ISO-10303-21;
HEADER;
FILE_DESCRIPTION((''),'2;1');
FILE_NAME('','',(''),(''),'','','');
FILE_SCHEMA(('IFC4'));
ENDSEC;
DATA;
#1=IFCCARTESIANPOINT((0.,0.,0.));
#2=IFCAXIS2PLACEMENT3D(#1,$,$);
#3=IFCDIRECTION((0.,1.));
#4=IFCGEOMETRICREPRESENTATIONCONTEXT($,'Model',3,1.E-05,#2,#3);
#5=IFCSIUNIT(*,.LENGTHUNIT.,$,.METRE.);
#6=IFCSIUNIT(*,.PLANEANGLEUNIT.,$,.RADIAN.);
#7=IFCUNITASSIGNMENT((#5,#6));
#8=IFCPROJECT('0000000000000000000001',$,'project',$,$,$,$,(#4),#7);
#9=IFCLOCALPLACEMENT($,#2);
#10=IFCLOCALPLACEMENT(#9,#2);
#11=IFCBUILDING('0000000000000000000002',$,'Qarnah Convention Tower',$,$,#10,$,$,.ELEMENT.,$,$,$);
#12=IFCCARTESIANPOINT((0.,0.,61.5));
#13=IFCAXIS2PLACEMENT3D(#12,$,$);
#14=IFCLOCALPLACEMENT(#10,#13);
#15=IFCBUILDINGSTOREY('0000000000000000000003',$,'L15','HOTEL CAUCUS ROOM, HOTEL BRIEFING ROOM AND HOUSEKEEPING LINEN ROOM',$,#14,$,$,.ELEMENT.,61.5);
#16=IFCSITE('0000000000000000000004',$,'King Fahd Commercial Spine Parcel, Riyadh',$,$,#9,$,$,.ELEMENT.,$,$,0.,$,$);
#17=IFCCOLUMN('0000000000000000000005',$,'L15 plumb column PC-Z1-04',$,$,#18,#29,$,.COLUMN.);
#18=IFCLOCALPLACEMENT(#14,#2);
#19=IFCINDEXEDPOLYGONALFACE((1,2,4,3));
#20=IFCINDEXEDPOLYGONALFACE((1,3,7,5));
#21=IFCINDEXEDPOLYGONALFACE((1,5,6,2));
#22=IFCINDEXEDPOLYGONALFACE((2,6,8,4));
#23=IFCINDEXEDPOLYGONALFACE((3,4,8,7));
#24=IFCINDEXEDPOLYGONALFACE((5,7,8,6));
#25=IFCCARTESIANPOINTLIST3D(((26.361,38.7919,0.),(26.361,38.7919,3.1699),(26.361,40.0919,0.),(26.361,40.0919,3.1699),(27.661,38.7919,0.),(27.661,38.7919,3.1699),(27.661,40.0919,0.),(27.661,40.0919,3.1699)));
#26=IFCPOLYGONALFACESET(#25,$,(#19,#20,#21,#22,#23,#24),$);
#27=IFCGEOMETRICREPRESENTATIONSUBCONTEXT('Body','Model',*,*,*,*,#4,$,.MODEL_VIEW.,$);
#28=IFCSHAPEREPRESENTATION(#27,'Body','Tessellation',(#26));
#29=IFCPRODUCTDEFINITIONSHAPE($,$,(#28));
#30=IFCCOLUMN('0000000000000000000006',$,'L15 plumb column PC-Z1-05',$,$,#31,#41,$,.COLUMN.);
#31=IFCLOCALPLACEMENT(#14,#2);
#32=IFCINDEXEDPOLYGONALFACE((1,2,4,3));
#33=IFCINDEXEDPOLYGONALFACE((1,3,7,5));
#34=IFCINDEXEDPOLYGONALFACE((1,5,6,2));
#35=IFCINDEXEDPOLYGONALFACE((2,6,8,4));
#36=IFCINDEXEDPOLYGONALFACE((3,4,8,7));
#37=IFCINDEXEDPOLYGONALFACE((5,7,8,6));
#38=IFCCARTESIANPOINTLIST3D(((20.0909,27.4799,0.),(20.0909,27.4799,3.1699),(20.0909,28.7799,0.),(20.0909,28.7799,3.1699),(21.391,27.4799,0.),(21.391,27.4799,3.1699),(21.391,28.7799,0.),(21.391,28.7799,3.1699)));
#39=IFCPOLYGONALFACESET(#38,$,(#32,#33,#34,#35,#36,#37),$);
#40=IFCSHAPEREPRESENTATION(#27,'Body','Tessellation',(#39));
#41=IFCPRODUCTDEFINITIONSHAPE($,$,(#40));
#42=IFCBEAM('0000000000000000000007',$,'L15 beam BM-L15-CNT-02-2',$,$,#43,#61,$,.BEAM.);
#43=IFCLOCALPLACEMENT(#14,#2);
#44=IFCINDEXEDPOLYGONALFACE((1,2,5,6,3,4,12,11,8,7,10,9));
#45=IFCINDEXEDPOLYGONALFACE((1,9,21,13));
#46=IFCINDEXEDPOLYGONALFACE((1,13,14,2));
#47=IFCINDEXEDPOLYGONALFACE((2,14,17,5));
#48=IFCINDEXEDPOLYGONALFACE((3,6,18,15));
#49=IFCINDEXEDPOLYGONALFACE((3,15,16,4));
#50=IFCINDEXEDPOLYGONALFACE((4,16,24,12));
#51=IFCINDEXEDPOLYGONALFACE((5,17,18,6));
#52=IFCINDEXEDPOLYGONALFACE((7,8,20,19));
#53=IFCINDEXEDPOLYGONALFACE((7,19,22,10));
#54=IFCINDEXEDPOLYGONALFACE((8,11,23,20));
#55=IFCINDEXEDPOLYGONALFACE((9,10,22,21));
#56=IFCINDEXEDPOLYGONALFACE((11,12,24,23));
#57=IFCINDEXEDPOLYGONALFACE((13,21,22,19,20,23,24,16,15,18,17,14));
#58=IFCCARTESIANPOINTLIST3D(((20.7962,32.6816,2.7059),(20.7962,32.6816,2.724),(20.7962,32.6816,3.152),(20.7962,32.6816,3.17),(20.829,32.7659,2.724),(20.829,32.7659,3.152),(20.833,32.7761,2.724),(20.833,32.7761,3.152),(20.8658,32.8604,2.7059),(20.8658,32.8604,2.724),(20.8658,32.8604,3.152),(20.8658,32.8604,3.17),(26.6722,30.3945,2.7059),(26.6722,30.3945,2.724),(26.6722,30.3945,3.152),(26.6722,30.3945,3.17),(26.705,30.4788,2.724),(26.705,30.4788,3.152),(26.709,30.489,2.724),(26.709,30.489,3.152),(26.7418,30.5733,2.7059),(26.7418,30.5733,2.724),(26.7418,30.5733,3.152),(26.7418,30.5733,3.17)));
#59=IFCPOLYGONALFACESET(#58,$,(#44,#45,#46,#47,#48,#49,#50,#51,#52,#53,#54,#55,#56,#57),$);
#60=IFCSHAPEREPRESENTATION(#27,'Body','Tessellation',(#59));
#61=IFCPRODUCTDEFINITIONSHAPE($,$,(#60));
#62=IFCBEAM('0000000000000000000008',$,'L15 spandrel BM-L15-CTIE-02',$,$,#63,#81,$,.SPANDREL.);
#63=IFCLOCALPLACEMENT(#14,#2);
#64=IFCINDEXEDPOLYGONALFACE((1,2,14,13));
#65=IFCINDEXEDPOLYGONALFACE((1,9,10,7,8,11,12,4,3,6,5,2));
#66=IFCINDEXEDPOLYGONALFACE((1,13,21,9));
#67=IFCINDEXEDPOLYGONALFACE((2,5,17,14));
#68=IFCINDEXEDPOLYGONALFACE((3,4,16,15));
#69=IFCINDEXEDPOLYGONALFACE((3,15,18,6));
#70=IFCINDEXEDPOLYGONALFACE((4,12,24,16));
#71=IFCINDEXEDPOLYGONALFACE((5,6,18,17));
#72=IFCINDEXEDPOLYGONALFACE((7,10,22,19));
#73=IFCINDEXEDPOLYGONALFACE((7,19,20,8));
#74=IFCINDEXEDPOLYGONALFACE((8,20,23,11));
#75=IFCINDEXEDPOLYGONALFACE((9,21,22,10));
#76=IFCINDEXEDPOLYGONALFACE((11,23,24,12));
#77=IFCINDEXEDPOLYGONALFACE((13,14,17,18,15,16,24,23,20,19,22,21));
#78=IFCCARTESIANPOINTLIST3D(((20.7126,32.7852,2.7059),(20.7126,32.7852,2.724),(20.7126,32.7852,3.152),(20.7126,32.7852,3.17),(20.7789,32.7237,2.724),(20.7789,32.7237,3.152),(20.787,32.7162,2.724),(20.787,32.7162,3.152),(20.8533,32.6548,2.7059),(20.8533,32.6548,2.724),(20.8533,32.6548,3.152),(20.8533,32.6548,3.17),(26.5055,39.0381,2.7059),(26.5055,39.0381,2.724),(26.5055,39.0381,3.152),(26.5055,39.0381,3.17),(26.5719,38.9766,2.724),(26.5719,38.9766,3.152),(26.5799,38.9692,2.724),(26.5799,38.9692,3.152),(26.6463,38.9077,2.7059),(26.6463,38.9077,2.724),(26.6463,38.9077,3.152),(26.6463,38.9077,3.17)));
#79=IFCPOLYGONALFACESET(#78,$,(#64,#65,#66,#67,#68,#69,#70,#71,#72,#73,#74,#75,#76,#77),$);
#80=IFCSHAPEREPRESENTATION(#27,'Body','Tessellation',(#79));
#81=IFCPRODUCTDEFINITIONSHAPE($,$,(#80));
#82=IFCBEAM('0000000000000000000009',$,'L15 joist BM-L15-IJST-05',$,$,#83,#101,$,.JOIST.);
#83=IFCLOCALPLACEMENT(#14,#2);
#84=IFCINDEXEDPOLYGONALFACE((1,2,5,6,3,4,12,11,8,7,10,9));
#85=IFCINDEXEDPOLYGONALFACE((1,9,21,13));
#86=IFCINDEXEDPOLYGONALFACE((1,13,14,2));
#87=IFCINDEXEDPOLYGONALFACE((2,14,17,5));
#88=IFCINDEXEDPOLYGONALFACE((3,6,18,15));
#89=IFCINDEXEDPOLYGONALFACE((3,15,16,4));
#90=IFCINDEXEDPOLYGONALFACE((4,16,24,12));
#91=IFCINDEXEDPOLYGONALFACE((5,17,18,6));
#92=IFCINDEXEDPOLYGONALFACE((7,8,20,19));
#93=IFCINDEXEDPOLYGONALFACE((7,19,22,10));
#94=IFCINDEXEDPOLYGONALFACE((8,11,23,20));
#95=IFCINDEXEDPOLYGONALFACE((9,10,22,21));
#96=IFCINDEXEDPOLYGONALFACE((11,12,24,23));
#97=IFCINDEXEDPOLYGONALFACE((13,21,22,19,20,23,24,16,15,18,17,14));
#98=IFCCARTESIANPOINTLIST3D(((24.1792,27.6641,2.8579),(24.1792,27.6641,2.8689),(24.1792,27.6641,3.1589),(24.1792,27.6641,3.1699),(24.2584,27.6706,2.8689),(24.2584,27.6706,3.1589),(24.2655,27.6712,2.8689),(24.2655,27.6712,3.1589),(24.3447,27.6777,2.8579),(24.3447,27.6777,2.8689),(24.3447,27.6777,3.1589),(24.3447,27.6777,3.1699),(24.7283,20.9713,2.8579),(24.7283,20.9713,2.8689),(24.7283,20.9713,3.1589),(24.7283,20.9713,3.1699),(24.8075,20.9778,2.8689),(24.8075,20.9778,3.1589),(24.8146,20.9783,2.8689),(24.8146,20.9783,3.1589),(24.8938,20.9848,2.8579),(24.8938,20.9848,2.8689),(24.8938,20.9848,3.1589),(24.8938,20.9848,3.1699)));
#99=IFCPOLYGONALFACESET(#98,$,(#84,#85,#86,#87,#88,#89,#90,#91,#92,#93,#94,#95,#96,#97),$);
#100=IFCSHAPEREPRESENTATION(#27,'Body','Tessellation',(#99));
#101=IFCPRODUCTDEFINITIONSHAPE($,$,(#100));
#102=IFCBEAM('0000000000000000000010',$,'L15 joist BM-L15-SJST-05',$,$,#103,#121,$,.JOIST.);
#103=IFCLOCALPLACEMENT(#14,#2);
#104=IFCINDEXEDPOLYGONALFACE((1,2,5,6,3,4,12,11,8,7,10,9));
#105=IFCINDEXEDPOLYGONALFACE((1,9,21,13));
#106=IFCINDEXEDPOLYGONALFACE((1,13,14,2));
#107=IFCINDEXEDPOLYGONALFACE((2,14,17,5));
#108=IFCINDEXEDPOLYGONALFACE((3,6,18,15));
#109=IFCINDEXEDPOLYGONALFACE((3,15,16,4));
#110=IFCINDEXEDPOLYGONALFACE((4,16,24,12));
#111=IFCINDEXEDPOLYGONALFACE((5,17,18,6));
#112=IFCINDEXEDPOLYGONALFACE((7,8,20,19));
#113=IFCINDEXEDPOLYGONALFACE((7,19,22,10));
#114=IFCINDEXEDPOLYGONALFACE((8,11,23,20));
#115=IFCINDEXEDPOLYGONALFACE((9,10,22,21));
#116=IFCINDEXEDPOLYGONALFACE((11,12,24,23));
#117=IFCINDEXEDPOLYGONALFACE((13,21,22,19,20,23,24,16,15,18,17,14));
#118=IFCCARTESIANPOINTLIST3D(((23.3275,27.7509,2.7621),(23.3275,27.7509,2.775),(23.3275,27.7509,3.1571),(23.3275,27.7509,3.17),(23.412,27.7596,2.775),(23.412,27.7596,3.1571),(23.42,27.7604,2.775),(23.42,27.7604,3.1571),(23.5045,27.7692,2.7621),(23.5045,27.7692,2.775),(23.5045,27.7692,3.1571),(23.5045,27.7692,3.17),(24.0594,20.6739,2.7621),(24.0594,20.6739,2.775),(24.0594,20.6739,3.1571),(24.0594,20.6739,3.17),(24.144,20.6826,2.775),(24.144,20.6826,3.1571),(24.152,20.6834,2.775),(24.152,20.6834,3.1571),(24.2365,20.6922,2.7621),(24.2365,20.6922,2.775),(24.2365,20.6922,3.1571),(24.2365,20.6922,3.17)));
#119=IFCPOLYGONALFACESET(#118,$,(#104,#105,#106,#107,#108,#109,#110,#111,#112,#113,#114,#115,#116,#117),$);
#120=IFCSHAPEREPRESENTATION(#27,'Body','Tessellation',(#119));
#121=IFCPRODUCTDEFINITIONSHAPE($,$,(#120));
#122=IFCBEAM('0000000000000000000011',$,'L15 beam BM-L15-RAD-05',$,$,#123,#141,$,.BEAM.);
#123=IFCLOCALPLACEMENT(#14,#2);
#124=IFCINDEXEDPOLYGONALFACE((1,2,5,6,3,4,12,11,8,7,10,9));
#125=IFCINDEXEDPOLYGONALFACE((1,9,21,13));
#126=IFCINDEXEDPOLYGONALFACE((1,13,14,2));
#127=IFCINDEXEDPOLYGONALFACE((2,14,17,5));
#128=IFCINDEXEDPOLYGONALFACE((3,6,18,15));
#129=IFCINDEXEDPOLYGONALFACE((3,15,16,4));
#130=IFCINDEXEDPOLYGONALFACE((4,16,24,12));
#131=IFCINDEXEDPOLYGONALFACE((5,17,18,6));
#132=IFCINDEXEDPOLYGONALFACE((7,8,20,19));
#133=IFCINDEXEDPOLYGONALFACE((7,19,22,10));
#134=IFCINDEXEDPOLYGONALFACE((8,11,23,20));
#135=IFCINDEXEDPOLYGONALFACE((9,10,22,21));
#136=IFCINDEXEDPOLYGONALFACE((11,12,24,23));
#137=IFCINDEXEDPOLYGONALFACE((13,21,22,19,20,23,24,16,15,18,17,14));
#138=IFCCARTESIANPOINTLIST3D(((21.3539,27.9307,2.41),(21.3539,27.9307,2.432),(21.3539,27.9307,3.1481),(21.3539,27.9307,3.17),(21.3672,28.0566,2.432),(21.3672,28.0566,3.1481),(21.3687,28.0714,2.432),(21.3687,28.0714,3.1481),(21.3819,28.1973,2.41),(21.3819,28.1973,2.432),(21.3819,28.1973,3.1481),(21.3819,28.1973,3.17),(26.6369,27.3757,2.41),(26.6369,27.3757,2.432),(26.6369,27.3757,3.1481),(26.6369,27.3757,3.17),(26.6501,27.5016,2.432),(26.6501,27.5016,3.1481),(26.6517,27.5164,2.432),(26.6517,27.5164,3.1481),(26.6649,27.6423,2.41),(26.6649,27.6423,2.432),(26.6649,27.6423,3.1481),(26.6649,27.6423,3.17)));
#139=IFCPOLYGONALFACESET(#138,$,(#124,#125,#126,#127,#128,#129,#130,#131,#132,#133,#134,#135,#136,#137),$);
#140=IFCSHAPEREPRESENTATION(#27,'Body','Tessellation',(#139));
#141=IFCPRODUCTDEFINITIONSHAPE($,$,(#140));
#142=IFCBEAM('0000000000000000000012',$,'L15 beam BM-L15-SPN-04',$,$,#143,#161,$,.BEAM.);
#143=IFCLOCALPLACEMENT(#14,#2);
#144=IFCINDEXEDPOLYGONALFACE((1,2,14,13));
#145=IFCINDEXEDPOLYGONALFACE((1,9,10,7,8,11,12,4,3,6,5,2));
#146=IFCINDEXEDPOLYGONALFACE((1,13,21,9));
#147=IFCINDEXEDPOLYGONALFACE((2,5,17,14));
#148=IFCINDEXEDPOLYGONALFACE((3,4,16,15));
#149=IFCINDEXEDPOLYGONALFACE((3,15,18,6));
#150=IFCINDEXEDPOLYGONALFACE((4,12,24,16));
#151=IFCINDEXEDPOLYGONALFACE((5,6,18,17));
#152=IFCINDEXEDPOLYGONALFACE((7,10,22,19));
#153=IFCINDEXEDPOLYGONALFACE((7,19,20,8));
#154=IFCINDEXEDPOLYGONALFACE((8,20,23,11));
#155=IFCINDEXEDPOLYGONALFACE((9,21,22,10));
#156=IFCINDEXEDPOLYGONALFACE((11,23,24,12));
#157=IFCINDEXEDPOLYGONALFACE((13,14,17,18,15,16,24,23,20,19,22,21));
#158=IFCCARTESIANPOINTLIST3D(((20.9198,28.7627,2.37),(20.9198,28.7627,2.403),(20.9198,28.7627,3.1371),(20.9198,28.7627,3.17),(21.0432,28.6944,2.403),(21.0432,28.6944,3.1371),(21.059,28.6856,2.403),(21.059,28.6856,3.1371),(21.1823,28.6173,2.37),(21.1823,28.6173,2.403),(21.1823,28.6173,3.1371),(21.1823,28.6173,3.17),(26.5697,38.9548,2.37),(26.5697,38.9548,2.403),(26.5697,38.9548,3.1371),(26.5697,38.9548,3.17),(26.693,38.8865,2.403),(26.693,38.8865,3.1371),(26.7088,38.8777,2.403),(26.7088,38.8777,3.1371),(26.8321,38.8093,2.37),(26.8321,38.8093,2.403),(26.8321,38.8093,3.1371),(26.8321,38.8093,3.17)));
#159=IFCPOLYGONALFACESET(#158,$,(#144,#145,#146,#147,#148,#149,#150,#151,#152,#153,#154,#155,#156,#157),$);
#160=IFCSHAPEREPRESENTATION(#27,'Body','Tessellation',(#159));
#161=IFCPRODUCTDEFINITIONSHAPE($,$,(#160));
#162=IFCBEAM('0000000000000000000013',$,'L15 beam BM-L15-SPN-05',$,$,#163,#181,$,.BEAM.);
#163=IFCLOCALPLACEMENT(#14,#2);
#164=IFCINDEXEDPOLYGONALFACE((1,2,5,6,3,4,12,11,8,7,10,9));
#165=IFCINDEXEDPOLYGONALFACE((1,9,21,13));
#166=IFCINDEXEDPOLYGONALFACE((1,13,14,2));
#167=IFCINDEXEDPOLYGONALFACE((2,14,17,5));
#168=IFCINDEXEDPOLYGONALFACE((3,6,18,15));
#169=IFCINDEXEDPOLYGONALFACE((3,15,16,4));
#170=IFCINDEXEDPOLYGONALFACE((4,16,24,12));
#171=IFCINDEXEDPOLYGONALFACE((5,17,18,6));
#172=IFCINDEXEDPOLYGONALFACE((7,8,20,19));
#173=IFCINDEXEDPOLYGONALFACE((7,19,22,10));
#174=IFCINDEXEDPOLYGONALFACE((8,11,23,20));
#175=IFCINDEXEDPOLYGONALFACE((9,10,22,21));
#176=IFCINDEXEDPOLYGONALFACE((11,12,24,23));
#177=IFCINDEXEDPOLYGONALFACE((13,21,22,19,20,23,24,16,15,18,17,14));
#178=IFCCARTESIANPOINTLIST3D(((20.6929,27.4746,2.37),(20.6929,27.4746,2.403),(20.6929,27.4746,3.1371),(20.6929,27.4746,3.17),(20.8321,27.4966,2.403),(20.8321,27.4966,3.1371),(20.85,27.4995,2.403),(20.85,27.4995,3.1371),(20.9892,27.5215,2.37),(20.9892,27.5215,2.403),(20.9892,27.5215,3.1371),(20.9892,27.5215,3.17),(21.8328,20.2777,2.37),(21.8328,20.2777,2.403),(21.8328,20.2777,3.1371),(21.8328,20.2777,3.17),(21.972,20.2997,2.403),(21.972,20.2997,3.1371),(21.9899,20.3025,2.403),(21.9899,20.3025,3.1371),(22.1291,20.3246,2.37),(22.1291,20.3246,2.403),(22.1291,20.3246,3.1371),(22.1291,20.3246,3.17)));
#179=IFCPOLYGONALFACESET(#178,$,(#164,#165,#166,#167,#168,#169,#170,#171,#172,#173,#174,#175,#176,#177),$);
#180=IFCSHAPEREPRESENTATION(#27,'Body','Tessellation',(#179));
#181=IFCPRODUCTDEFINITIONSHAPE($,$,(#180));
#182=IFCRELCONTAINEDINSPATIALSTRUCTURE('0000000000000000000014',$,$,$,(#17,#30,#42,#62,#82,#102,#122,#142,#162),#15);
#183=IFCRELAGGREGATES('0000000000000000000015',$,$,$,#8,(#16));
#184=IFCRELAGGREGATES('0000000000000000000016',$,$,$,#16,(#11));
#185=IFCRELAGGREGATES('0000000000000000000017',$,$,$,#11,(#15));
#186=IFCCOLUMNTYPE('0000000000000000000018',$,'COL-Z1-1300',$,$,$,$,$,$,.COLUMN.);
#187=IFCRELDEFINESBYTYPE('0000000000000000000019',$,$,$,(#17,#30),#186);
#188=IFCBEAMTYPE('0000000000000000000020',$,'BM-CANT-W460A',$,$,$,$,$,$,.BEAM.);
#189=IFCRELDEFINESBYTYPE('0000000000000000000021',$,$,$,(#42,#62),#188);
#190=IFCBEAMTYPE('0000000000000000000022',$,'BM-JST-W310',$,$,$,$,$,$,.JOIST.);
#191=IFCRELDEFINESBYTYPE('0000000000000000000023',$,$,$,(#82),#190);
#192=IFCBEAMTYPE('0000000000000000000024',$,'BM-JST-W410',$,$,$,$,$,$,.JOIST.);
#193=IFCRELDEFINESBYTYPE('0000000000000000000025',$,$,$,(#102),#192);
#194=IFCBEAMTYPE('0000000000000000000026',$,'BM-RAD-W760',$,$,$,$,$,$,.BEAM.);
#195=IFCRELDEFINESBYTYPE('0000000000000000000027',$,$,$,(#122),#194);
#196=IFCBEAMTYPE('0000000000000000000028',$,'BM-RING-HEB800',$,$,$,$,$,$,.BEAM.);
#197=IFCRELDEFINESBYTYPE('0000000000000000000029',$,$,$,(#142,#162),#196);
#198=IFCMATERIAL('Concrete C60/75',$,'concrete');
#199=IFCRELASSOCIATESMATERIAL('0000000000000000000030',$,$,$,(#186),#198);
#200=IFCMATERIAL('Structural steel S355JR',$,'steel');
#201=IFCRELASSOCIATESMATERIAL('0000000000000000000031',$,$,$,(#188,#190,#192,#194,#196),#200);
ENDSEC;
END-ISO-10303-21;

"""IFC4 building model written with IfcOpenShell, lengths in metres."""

from ifc_helpers import new_model, si_unit, direction, frame, origin, origin_2d, place, context, subcontext, project, spatial, rectangle, i_section, extrude, material, material_profile, profile_set, type_object, element, save


model = new_model("IFC4")

# Units and contexts
model_context = context("Model", 3, precision=1e-05, world=origin(), true_north=direction((0.0, 1.0)))
body_context = subcontext(model_context, "Body", "Model", "MODEL_VIEW")
ifc_project = project(units=[si_unit("LENGTHUNIT", "METRE"), si_unit("PLANEANGLEUNIT", "RADIAN")], contexts=[model_context])

# Site, building, storey
site_placement = place(None, origin())
site = spatial("IfcSite", under=ifc_project, at=site_placement, Name="King Fahd Commercial Spine Parcel, Riyadh", CompositionType="ELEMENT", RefElevation=0.0)
building_placement = place(site_placement, origin())
building = spatial("IfcBuilding", under=site, at=building_placement, Name="Qarnah Convention Tower", CompositionType="ELEMENT")
storey_placement = place(building_placement, frame((0.0, 0.0, 61.5)))
storey = spatial("IfcBuildingStorey", under=building, at=storey_placement, Name="L15", Description="HOTEL CAUCUS ROOM, HOTEL BRIEFING ROOM AND HOUSEKEEPING LINEN ROOM", CompositionType="ELEMENT", Elevation=61.5)

# Columns
ifc_material_1 = material(Name="Concrete C60/75", Category="concrete")
ifc_material_profile_1 = material_profile(ifc_material_1, rectangle(XDim=1.3, YDim=1.3, at=origin_2d()), Name="RC-COL-1300X1300")
ifc_profile_set_1 = profile_set([ifc_material_profile_1], Name="Concrete C60/75")
column_type = type_object("IfcColumnType", Name="COL-Z1-1300", PredefinedType="COLUMN", material=ifc_profile_set_1)
for number, where, z_axis, x_axis, name in (
    (1, (27.011, 39.4419, 0.0), (0.0, 0.0, 1.0), (1.0, 0.0, 0.0), "L15 plumb column PC-Z1-04"),
    (2, (20.741, 28.1299, 0.0), (0.0, 0.0, 1.0), (1.0, 0.0, 0.0), "L15 plumb column PC-Z1-05"),
):
    element("IfcColumn", number, at=place(storey_placement, frame(where, z_axis=z_axis, x_axis=x_axis)), inside=storey, type_object=column_type, Name=name, PredefinedType="COLUMN", context=body_context, shape_type="SweptSolid", body=[
        extrude(rectangle(XDim=1.3, YDim=1.3, at=origin_2d()), origin(), (0.0, 0.0, 1.0), 3.1699),
    ])

# Beams
ifc_material_2 = material(Name="Structural steel S355JR", Category="steel")
ifc_material_profile_2 = material_profile(ifc_material_2, i_section(OverallWidth=0.1919, OverallDepth=0.4641, WebThickness=0.011, FlangeThickness=0.0181, at=origin_2d()), Name="W460X89")
ifc_profile_set_2 = profile_set([ifc_material_profile_2], Name="Structural steel S355JR")
beam_type_1 = type_object("IfcBeamType", Name="BM-CANT-W460A", PredefinedType="BEAM", material=ifc_profile_set_2)
beam_1_placement = place(storey_placement, frame((26.707, 30.4839, 2.938), z_axis=(-0.931897, 0.362723, 0.0), x_axis=(-0.362723, -0.931897, 0.0)))
element("IfcBeam", 3, at=beam_1_placement, inside=storey, type_object=beam_type_1, Name="L15 beam BM-L15-CNT-02-2", PredefinedType="BEAM", context=body_context, shape_type="SweptSolid", body=[
    extrude(i_section(OverallWidth=0.1919, OverallDepth=0.4641, WebThickness=0.011, FlangeThickness=0.0181, at=origin_2d()), origin(), (0.0, 0.0, 1.0), 6.3054),
])
beam_2_placement = place(storey_placement, frame((20.783, 32.72, 2.938), z_axis=(0.679611, 0.733572, 0.0), x_axis=(-0.733572, 0.679611, 0.0)))
element("IfcBeam", 4, at=beam_2_placement, inside=storey, type_object=beam_type_1, Name="L15 spandrel BM-L15-CTIE-02", PredefinedType="SPANDREL", context=body_context, shape_type="SweptSolid", body=[
    extrude(i_section(OverallWidth=0.1919, OverallDepth=0.4641, WebThickness=0.011, FlangeThickness=0.0181, at=origin_2d()), origin(), (0.0, 0.0, 1.0), 8.5239),
])
ifc_material_profile_3 = material_profile(ifc_material_2, i_section(OverallWidth=0.166, OverallDepth=0.312, WebThickness=0.0071, FlangeThickness=0.011, at=origin_2d()), Name="W310X45")
ifc_profile_set_3 = profile_set([ifc_material_profile_3], Name="Structural steel S355JR")
beam_type_2 = type_object("IfcBeamType", Name="BM-JST-W310", PredefinedType="JOIST", material=ifc_profile_set_3)
beam_3_placement = place(storey_placement, frame((24.262, 27.6709, 3.0139), z_axis=(0.081764, -0.996652, 0.0), x_axis=(0.996652, 0.081764, 0.0)))
element("IfcBeam", 5, at=beam_3_placement, inside=storey, type_object=beam_type_2, Name="L15 joist BM-L15-IJST-05", PredefinedType="JOIST", context=body_context, shape_type="SweptSolid", body=[
    extrude(i_section(OverallWidth=0.166, OverallDepth=0.312, WebThickness=0.0071, FlangeThickness=0.011, at=origin_2d()), origin(), (0.0, 0.0, 1.0), 6.7153),
])
ifc_material_profile_4 = material_profile(ifc_material_2, i_section(OverallWidth=0.178, OverallDepth=0.408, WebThickness=0.0081, FlangeThickness=0.0129, at=origin_2d()), Name="W410X60")
ifc_profile_set_4 = profile_set([ifc_material_profile_4], Name="Structural steel S355JR")
beam_type_3 = type_object("IfcBeamType", Name="BM-JST-W410", PredefinedType="JOIST", material=ifc_profile_set_4)
beam_4_placement = place(storey_placement, frame((23.416, 27.76, 2.9661), z_axis=(0.102877, -0.994694, 0.0), x_axis=(0.994694, 0.102877, 0.0)))
element("IfcBeam", 6, at=beam_4_placement, inside=storey, type_object=beam_type_3, Name="L15 joist BM-L15-SJST-05", PredefinedType="JOIST", context=body_context, shape_type="SweptSolid", body=[
    extrude(i_section(OverallWidth=0.178, OverallDepth=0.408, WebThickness=0.0081, FlangeThickness=0.0129, at=origin_2d()), origin(), (0.0, 0.0, 1.0), 7.1147),
])
ifc_material_profile_5 = material_profile(ifc_material_2, i_section(OverallWidth=0.2681, OverallDepth=0.76, WebThickness=0.0149, FlangeThickness=0.022, at=origin_2d()), Name="W760X185")
ifc_profile_set_5 = profile_set([ifc_material_profile_5], Name="Structural steel S355JR")
beam_type_4 = type_object("IfcBeamType", Name="BM-RAD-W760", PredefinedType="BEAM", material=ifc_profile_set_5)
beam_5_placement = place(storey_placement, frame((26.6509, 27.509, 2.79), z_axis=(-0.994528, 0.104467, 0.0), x_axis=(-0.104467, -0.994528, 0.0)))
element("IfcBeam", 7, at=beam_5_placement, inside=storey, type_object=beam_type_4, Name="L15 beam BM-L15-RAD-05", PredefinedType="BEAM", context=body_context, shape_type="SweptSolid", body=[
    extrude(i_section(OverallWidth=0.2681, OverallDepth=0.76, WebThickness=0.0149, FlangeThickness=0.022, at=origin_2d()), origin(), (0.0, 0.0, 1.0), 5.312),
])
ifc_material_profile_6 = material_profile(ifc_material_2, i_section(OverallWidth=0.3, OverallDepth=0.8, WebThickness=0.0181, FlangeThickness=0.033, at=origin_2d()), Name="HEB800")
ifc_profile_set_6 = profile_set([ifc_material_profile_6], Name="Structural steel S355JR")
beam_type_5 = type_object("IfcBeamType", Name="BM-RING-HEB800", PredefinedType="BEAM", material=ifc_profile_set_6)
beam_6_placement = place(storey_placement, frame((26.7009, 38.8821, 2.77), z_axis=(-0.48483, -0.874609, 0.0), x_axis=(0.874609, -0.48483, 0.0)))
element("IfcBeam", 8, at=beam_6_placement, inside=storey, type_object=beam_type_5, Name="L15 beam BM-L15-SPN-04", PredefinedType="BEAM", context=body_context, shape_type="SweptSolid", body=[
    extrude(i_section(OverallWidth=0.3, OverallDepth=0.8, WebThickness=0.0181, FlangeThickness=0.033, at=origin_2d()), origin(), (0.0, 0.0, 1.0), 11.6533),
])
beam_7_placement = place(storey_placement, frame((20.8411, 27.498, 2.77), z_axis=(0.156434, -0.987688, 0.0), x_axis=(0.987688, 0.156434, 0.0)))
element("IfcBeam", 9, at=beam_7_placement, inside=storey, type_object=beam_type_5, Name="L15 beam BM-L15-SPN-05", PredefinedType="BEAM", context=body_context, shape_type="SweptSolid", body=[
    extrude(i_section(OverallWidth=0.3, OverallDepth=0.8, WebThickness=0.0181, FlangeThickness=0.033, at=origin_2d()), origin(), (0.0, 0.0, 1.0), 7.2866),
])

save(model, "model.ifc")
